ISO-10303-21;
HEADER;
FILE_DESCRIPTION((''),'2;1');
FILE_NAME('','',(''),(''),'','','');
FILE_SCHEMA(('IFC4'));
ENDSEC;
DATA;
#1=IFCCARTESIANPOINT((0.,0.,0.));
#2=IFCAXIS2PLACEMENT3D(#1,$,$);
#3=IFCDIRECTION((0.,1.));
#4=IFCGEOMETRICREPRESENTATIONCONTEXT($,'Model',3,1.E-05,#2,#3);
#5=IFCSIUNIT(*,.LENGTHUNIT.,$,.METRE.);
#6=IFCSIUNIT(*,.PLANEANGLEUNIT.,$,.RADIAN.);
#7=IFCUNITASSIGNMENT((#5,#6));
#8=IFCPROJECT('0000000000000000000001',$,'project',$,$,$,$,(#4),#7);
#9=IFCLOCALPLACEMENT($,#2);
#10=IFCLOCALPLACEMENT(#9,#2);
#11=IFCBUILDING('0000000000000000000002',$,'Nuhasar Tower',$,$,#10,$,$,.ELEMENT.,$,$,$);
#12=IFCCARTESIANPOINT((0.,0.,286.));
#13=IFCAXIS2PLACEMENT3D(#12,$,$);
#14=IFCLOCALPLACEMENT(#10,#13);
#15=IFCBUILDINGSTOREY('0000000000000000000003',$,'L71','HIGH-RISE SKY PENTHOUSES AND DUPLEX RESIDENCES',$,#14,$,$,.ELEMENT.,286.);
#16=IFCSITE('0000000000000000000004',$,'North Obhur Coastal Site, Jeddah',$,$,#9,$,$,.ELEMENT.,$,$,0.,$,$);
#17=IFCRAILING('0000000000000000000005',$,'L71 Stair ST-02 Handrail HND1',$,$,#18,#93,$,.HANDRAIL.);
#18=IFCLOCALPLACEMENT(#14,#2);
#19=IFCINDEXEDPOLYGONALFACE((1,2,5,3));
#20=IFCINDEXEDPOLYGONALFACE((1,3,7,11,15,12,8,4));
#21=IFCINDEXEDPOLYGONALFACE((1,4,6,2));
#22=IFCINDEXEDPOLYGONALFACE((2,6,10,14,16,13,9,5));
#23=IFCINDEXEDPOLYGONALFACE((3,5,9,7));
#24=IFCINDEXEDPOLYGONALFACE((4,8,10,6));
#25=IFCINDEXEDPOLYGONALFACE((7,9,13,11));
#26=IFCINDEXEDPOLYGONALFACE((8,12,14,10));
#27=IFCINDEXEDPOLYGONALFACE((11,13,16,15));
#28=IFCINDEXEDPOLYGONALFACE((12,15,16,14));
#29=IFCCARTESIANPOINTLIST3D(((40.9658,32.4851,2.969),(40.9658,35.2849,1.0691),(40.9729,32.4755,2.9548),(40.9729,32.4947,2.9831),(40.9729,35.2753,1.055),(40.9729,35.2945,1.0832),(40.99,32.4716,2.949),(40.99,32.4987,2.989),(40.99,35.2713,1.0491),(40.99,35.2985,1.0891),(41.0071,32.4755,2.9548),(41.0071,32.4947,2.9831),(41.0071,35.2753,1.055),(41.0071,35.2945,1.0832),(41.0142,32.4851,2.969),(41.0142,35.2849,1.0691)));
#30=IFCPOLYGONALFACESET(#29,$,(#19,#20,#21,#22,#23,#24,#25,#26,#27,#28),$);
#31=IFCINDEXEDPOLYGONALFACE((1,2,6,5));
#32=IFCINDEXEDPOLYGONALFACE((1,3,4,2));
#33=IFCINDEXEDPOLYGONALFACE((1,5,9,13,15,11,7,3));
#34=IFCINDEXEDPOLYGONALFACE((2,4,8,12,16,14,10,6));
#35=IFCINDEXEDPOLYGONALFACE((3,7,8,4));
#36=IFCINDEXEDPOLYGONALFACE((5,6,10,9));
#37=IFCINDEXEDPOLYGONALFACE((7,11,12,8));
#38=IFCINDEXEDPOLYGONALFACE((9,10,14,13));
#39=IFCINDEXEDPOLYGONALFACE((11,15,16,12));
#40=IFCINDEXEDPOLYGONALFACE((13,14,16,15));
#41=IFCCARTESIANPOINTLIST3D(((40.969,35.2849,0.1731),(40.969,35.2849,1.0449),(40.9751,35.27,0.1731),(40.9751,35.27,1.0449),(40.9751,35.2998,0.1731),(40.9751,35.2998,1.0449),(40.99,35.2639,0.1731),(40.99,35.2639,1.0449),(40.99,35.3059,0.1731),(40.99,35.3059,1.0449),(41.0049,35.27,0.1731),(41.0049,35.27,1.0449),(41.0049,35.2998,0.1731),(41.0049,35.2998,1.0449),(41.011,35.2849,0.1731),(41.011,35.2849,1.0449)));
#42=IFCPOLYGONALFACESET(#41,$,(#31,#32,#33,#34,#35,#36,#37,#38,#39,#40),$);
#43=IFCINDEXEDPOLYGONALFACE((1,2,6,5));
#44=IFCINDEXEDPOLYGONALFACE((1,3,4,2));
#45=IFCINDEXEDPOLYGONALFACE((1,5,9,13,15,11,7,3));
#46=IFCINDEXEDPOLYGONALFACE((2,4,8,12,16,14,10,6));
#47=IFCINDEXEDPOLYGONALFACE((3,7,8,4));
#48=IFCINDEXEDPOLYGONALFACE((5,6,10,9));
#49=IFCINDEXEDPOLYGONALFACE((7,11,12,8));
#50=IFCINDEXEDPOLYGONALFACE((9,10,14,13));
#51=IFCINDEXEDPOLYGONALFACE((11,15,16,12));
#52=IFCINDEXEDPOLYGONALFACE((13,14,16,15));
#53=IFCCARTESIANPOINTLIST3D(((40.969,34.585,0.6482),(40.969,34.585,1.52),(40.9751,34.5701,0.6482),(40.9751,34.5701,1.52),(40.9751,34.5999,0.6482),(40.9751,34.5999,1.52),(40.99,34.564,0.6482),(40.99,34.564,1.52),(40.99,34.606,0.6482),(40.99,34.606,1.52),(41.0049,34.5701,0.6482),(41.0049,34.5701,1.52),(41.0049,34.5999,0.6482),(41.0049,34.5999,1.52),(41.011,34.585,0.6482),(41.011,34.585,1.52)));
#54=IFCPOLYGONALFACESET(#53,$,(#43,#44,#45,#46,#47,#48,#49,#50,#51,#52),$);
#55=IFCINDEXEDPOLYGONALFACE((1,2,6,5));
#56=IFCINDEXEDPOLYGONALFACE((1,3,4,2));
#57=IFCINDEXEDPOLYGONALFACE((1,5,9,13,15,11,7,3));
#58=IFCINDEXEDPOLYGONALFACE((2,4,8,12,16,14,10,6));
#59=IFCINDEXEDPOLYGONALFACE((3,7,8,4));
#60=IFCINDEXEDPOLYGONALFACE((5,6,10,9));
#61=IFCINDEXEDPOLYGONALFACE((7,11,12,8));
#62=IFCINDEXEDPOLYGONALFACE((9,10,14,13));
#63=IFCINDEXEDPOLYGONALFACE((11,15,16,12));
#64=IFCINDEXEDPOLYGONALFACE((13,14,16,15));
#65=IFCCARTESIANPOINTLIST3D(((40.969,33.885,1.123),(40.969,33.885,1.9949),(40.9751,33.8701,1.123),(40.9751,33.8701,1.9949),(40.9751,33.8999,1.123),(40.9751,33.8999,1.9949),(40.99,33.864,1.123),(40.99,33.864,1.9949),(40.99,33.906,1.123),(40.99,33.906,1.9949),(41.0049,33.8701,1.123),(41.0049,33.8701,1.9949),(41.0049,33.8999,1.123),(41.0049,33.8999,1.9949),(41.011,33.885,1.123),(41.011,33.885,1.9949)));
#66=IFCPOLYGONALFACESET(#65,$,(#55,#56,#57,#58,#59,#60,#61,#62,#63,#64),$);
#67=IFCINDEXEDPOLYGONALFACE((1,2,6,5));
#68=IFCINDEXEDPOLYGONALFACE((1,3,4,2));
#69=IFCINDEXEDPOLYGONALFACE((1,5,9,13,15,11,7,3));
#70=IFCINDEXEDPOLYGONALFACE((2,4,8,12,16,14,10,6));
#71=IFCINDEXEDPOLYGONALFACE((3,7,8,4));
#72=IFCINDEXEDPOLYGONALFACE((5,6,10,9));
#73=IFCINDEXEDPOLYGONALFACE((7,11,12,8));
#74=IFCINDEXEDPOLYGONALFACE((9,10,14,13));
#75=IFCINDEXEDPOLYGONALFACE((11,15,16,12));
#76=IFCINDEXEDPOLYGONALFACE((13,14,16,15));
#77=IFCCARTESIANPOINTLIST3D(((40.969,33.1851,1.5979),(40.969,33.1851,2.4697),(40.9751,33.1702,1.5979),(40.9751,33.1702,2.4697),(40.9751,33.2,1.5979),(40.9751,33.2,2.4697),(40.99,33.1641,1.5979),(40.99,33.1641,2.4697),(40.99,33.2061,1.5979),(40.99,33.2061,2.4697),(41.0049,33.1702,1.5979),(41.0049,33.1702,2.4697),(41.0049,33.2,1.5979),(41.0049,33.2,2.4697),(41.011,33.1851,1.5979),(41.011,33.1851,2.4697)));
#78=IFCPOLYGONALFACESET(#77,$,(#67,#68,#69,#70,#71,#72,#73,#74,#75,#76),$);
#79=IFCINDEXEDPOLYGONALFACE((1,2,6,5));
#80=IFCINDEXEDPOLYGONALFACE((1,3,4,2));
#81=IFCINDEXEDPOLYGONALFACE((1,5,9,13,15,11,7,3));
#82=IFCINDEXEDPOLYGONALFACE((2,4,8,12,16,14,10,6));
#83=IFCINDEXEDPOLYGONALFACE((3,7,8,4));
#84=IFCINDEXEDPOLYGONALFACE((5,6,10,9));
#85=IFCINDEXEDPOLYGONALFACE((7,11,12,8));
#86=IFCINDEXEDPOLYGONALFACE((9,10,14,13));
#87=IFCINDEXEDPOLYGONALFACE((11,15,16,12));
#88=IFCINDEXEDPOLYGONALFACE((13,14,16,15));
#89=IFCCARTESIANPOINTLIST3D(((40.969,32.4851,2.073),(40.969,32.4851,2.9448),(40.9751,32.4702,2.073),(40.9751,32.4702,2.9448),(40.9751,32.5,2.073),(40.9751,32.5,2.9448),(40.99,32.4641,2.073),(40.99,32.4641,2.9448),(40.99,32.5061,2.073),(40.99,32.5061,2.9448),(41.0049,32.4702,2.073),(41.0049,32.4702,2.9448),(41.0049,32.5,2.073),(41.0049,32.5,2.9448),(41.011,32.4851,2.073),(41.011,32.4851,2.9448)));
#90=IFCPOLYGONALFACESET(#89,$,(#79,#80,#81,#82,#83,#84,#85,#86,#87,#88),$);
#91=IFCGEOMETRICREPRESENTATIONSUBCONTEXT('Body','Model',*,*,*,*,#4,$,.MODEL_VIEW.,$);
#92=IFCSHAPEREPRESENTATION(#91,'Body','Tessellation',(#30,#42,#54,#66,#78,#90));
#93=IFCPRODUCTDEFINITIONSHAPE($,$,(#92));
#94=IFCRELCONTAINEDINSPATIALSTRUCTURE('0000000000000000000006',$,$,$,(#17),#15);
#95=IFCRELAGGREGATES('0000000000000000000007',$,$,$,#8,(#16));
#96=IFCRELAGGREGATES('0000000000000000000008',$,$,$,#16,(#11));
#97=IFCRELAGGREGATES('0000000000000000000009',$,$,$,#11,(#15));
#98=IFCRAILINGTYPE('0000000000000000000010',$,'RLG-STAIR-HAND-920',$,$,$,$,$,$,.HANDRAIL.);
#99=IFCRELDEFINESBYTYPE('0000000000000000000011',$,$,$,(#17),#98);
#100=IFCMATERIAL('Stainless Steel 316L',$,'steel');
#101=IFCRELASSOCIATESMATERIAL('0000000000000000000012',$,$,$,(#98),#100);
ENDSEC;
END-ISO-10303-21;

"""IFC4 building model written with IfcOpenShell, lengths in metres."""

from ifc_helpers import new_model, si_unit, direction, frame, origin, place, context, subcontext, project, spatial, polyline, outline, extrude, material, type_object, element, save


model = new_model("IFC4")

# Units and contexts
model_context = context("Model", 3, precision=1e-05, world=origin(), true_north=direction((0.0, 1.0)))
body_context = subcontext(model_context, "Body", "Model", "MODEL_VIEW")
ifc_project = project(units=[si_unit("LENGTHUNIT", "METRE"), si_unit("PLANEANGLEUNIT", "RADIAN")], contexts=[model_context])

# Site, building, storey
site_placement = place(None, origin())
site = spatial("IfcSite", under=ifc_project, at=site_placement, Name="North Obhur Coastal Site, Jeddah", CompositionType="ELEMENT", RefElevation=0.0)
building_placement = place(site_placement, origin())
building = spatial("IfcBuilding", under=site, at=building_placement, Name="Nuhasar Tower", CompositionType="ELEMENT")
storey_placement = place(building_placement, frame((0.0, 0.0, 286.0)))
storey = spatial("IfcBuildingStorey", under=building, at=storey_placement, Name="L71", Description="HIGH-RISE SKY PENTHOUSES AND DUPLEX RESIDENCES", CompositionType="ELEMENT", Elevation=286.0)

# Railing
ifc_material_1 = material(Name="Stainless Steel 316L", Category="steel")
railing_type_1 = type_object("IfcRailingType", Name="RLG-STAIR-HAND-920", PredefinedType="HANDRAIL", material=ifc_material_1)
railing_1_placement = place(storey_placement, frame((40.99, 35.2849, 0.1731)))
element("IfcRailing", 1, at=railing_1_placement, inside=storey, type_object=railing_type_1, Name="L71 Stair ST-02 Handrail HND1", PredefinedType="HANDRAIL", context=body_context, shape_type="SweptSolid", body=[
    extrude(outline(polyline([(0.0242, 0.0), (0.0171, 0.0171), (0.0, 0.0242), (-0.0171, 0.0171), (-0.0242, 0.0), (-0.0171, -0.0171), (0.0, -0.0242), (0.0171, -0.0171), (0.0242, 0.0)])), frame((0.0, 0.0, 0.896), z_axis=(0.0, -0.827471, 0.561508), x_axis=(1.0, 0.0, 0.0)), (0.0, 0.0, 1.0), 3.3835),
    extrude(outline(polyline([(0.021, 0.0), (0.0149, 0.0149), (0.0, 0.021), (-0.0149, 0.0149), (-0.021, 0.0), (-0.0149, -0.0149), (0.0, -0.021), (0.0149, -0.0149), (0.021, 0.0)])), origin(), (0.0, 0.0, 1.0), 0.8718),
    extrude(outline(polyline([(0.021, 0.0), (0.0149, 0.0149), (0.0, 0.021), (-0.0149, 0.0149), (-0.021, 0.0), (-0.0149, -0.0149), (0.0, -0.021), (0.0149, -0.0149), (0.021, 0.0)])), frame((0.0, -0.7, 0.4751)), (0.0, 0.0, 1.0), 0.8718),
    extrude(outline(polyline([(0.021, 0.0), (0.0149, 0.0149), (0.0, 0.021), (-0.0149, 0.0149), (-0.021, 0.0), (-0.0149, -0.0149), (0.0, -0.021), (0.0149, -0.0149), (0.021, 0.0)])), frame((0.0, -1.3999, 0.95)), (0.0, 0.0, 1.0), 0.8718),
    extrude(outline(polyline([(0.021, 0.0), (0.0149, 0.0149), (0.0, 0.021), (-0.0149, 0.0149), (-0.021, 0.0), (-0.0149, -0.0149), (0.0, -0.021), (0.0149, -0.0149), (0.021, 0.0)])), frame((0.0, -2.0999, 1.4248)), (0.0, 0.0, 1.0), 0.8718),
    extrude(outline(polyline([(0.021, 0.0), (0.0149, 0.0149), (0.0, 0.021), (-0.0149, 0.0149), (-0.021, 0.0), (-0.0149, -0.0149), (0.0, -0.021), (0.0149, -0.0149), (0.021, 0.0)])), frame((0.0, -2.7998, 1.8999)), (0.0, 0.0, 1.0), 0.8718),
])

save(model, "model.ifc")
